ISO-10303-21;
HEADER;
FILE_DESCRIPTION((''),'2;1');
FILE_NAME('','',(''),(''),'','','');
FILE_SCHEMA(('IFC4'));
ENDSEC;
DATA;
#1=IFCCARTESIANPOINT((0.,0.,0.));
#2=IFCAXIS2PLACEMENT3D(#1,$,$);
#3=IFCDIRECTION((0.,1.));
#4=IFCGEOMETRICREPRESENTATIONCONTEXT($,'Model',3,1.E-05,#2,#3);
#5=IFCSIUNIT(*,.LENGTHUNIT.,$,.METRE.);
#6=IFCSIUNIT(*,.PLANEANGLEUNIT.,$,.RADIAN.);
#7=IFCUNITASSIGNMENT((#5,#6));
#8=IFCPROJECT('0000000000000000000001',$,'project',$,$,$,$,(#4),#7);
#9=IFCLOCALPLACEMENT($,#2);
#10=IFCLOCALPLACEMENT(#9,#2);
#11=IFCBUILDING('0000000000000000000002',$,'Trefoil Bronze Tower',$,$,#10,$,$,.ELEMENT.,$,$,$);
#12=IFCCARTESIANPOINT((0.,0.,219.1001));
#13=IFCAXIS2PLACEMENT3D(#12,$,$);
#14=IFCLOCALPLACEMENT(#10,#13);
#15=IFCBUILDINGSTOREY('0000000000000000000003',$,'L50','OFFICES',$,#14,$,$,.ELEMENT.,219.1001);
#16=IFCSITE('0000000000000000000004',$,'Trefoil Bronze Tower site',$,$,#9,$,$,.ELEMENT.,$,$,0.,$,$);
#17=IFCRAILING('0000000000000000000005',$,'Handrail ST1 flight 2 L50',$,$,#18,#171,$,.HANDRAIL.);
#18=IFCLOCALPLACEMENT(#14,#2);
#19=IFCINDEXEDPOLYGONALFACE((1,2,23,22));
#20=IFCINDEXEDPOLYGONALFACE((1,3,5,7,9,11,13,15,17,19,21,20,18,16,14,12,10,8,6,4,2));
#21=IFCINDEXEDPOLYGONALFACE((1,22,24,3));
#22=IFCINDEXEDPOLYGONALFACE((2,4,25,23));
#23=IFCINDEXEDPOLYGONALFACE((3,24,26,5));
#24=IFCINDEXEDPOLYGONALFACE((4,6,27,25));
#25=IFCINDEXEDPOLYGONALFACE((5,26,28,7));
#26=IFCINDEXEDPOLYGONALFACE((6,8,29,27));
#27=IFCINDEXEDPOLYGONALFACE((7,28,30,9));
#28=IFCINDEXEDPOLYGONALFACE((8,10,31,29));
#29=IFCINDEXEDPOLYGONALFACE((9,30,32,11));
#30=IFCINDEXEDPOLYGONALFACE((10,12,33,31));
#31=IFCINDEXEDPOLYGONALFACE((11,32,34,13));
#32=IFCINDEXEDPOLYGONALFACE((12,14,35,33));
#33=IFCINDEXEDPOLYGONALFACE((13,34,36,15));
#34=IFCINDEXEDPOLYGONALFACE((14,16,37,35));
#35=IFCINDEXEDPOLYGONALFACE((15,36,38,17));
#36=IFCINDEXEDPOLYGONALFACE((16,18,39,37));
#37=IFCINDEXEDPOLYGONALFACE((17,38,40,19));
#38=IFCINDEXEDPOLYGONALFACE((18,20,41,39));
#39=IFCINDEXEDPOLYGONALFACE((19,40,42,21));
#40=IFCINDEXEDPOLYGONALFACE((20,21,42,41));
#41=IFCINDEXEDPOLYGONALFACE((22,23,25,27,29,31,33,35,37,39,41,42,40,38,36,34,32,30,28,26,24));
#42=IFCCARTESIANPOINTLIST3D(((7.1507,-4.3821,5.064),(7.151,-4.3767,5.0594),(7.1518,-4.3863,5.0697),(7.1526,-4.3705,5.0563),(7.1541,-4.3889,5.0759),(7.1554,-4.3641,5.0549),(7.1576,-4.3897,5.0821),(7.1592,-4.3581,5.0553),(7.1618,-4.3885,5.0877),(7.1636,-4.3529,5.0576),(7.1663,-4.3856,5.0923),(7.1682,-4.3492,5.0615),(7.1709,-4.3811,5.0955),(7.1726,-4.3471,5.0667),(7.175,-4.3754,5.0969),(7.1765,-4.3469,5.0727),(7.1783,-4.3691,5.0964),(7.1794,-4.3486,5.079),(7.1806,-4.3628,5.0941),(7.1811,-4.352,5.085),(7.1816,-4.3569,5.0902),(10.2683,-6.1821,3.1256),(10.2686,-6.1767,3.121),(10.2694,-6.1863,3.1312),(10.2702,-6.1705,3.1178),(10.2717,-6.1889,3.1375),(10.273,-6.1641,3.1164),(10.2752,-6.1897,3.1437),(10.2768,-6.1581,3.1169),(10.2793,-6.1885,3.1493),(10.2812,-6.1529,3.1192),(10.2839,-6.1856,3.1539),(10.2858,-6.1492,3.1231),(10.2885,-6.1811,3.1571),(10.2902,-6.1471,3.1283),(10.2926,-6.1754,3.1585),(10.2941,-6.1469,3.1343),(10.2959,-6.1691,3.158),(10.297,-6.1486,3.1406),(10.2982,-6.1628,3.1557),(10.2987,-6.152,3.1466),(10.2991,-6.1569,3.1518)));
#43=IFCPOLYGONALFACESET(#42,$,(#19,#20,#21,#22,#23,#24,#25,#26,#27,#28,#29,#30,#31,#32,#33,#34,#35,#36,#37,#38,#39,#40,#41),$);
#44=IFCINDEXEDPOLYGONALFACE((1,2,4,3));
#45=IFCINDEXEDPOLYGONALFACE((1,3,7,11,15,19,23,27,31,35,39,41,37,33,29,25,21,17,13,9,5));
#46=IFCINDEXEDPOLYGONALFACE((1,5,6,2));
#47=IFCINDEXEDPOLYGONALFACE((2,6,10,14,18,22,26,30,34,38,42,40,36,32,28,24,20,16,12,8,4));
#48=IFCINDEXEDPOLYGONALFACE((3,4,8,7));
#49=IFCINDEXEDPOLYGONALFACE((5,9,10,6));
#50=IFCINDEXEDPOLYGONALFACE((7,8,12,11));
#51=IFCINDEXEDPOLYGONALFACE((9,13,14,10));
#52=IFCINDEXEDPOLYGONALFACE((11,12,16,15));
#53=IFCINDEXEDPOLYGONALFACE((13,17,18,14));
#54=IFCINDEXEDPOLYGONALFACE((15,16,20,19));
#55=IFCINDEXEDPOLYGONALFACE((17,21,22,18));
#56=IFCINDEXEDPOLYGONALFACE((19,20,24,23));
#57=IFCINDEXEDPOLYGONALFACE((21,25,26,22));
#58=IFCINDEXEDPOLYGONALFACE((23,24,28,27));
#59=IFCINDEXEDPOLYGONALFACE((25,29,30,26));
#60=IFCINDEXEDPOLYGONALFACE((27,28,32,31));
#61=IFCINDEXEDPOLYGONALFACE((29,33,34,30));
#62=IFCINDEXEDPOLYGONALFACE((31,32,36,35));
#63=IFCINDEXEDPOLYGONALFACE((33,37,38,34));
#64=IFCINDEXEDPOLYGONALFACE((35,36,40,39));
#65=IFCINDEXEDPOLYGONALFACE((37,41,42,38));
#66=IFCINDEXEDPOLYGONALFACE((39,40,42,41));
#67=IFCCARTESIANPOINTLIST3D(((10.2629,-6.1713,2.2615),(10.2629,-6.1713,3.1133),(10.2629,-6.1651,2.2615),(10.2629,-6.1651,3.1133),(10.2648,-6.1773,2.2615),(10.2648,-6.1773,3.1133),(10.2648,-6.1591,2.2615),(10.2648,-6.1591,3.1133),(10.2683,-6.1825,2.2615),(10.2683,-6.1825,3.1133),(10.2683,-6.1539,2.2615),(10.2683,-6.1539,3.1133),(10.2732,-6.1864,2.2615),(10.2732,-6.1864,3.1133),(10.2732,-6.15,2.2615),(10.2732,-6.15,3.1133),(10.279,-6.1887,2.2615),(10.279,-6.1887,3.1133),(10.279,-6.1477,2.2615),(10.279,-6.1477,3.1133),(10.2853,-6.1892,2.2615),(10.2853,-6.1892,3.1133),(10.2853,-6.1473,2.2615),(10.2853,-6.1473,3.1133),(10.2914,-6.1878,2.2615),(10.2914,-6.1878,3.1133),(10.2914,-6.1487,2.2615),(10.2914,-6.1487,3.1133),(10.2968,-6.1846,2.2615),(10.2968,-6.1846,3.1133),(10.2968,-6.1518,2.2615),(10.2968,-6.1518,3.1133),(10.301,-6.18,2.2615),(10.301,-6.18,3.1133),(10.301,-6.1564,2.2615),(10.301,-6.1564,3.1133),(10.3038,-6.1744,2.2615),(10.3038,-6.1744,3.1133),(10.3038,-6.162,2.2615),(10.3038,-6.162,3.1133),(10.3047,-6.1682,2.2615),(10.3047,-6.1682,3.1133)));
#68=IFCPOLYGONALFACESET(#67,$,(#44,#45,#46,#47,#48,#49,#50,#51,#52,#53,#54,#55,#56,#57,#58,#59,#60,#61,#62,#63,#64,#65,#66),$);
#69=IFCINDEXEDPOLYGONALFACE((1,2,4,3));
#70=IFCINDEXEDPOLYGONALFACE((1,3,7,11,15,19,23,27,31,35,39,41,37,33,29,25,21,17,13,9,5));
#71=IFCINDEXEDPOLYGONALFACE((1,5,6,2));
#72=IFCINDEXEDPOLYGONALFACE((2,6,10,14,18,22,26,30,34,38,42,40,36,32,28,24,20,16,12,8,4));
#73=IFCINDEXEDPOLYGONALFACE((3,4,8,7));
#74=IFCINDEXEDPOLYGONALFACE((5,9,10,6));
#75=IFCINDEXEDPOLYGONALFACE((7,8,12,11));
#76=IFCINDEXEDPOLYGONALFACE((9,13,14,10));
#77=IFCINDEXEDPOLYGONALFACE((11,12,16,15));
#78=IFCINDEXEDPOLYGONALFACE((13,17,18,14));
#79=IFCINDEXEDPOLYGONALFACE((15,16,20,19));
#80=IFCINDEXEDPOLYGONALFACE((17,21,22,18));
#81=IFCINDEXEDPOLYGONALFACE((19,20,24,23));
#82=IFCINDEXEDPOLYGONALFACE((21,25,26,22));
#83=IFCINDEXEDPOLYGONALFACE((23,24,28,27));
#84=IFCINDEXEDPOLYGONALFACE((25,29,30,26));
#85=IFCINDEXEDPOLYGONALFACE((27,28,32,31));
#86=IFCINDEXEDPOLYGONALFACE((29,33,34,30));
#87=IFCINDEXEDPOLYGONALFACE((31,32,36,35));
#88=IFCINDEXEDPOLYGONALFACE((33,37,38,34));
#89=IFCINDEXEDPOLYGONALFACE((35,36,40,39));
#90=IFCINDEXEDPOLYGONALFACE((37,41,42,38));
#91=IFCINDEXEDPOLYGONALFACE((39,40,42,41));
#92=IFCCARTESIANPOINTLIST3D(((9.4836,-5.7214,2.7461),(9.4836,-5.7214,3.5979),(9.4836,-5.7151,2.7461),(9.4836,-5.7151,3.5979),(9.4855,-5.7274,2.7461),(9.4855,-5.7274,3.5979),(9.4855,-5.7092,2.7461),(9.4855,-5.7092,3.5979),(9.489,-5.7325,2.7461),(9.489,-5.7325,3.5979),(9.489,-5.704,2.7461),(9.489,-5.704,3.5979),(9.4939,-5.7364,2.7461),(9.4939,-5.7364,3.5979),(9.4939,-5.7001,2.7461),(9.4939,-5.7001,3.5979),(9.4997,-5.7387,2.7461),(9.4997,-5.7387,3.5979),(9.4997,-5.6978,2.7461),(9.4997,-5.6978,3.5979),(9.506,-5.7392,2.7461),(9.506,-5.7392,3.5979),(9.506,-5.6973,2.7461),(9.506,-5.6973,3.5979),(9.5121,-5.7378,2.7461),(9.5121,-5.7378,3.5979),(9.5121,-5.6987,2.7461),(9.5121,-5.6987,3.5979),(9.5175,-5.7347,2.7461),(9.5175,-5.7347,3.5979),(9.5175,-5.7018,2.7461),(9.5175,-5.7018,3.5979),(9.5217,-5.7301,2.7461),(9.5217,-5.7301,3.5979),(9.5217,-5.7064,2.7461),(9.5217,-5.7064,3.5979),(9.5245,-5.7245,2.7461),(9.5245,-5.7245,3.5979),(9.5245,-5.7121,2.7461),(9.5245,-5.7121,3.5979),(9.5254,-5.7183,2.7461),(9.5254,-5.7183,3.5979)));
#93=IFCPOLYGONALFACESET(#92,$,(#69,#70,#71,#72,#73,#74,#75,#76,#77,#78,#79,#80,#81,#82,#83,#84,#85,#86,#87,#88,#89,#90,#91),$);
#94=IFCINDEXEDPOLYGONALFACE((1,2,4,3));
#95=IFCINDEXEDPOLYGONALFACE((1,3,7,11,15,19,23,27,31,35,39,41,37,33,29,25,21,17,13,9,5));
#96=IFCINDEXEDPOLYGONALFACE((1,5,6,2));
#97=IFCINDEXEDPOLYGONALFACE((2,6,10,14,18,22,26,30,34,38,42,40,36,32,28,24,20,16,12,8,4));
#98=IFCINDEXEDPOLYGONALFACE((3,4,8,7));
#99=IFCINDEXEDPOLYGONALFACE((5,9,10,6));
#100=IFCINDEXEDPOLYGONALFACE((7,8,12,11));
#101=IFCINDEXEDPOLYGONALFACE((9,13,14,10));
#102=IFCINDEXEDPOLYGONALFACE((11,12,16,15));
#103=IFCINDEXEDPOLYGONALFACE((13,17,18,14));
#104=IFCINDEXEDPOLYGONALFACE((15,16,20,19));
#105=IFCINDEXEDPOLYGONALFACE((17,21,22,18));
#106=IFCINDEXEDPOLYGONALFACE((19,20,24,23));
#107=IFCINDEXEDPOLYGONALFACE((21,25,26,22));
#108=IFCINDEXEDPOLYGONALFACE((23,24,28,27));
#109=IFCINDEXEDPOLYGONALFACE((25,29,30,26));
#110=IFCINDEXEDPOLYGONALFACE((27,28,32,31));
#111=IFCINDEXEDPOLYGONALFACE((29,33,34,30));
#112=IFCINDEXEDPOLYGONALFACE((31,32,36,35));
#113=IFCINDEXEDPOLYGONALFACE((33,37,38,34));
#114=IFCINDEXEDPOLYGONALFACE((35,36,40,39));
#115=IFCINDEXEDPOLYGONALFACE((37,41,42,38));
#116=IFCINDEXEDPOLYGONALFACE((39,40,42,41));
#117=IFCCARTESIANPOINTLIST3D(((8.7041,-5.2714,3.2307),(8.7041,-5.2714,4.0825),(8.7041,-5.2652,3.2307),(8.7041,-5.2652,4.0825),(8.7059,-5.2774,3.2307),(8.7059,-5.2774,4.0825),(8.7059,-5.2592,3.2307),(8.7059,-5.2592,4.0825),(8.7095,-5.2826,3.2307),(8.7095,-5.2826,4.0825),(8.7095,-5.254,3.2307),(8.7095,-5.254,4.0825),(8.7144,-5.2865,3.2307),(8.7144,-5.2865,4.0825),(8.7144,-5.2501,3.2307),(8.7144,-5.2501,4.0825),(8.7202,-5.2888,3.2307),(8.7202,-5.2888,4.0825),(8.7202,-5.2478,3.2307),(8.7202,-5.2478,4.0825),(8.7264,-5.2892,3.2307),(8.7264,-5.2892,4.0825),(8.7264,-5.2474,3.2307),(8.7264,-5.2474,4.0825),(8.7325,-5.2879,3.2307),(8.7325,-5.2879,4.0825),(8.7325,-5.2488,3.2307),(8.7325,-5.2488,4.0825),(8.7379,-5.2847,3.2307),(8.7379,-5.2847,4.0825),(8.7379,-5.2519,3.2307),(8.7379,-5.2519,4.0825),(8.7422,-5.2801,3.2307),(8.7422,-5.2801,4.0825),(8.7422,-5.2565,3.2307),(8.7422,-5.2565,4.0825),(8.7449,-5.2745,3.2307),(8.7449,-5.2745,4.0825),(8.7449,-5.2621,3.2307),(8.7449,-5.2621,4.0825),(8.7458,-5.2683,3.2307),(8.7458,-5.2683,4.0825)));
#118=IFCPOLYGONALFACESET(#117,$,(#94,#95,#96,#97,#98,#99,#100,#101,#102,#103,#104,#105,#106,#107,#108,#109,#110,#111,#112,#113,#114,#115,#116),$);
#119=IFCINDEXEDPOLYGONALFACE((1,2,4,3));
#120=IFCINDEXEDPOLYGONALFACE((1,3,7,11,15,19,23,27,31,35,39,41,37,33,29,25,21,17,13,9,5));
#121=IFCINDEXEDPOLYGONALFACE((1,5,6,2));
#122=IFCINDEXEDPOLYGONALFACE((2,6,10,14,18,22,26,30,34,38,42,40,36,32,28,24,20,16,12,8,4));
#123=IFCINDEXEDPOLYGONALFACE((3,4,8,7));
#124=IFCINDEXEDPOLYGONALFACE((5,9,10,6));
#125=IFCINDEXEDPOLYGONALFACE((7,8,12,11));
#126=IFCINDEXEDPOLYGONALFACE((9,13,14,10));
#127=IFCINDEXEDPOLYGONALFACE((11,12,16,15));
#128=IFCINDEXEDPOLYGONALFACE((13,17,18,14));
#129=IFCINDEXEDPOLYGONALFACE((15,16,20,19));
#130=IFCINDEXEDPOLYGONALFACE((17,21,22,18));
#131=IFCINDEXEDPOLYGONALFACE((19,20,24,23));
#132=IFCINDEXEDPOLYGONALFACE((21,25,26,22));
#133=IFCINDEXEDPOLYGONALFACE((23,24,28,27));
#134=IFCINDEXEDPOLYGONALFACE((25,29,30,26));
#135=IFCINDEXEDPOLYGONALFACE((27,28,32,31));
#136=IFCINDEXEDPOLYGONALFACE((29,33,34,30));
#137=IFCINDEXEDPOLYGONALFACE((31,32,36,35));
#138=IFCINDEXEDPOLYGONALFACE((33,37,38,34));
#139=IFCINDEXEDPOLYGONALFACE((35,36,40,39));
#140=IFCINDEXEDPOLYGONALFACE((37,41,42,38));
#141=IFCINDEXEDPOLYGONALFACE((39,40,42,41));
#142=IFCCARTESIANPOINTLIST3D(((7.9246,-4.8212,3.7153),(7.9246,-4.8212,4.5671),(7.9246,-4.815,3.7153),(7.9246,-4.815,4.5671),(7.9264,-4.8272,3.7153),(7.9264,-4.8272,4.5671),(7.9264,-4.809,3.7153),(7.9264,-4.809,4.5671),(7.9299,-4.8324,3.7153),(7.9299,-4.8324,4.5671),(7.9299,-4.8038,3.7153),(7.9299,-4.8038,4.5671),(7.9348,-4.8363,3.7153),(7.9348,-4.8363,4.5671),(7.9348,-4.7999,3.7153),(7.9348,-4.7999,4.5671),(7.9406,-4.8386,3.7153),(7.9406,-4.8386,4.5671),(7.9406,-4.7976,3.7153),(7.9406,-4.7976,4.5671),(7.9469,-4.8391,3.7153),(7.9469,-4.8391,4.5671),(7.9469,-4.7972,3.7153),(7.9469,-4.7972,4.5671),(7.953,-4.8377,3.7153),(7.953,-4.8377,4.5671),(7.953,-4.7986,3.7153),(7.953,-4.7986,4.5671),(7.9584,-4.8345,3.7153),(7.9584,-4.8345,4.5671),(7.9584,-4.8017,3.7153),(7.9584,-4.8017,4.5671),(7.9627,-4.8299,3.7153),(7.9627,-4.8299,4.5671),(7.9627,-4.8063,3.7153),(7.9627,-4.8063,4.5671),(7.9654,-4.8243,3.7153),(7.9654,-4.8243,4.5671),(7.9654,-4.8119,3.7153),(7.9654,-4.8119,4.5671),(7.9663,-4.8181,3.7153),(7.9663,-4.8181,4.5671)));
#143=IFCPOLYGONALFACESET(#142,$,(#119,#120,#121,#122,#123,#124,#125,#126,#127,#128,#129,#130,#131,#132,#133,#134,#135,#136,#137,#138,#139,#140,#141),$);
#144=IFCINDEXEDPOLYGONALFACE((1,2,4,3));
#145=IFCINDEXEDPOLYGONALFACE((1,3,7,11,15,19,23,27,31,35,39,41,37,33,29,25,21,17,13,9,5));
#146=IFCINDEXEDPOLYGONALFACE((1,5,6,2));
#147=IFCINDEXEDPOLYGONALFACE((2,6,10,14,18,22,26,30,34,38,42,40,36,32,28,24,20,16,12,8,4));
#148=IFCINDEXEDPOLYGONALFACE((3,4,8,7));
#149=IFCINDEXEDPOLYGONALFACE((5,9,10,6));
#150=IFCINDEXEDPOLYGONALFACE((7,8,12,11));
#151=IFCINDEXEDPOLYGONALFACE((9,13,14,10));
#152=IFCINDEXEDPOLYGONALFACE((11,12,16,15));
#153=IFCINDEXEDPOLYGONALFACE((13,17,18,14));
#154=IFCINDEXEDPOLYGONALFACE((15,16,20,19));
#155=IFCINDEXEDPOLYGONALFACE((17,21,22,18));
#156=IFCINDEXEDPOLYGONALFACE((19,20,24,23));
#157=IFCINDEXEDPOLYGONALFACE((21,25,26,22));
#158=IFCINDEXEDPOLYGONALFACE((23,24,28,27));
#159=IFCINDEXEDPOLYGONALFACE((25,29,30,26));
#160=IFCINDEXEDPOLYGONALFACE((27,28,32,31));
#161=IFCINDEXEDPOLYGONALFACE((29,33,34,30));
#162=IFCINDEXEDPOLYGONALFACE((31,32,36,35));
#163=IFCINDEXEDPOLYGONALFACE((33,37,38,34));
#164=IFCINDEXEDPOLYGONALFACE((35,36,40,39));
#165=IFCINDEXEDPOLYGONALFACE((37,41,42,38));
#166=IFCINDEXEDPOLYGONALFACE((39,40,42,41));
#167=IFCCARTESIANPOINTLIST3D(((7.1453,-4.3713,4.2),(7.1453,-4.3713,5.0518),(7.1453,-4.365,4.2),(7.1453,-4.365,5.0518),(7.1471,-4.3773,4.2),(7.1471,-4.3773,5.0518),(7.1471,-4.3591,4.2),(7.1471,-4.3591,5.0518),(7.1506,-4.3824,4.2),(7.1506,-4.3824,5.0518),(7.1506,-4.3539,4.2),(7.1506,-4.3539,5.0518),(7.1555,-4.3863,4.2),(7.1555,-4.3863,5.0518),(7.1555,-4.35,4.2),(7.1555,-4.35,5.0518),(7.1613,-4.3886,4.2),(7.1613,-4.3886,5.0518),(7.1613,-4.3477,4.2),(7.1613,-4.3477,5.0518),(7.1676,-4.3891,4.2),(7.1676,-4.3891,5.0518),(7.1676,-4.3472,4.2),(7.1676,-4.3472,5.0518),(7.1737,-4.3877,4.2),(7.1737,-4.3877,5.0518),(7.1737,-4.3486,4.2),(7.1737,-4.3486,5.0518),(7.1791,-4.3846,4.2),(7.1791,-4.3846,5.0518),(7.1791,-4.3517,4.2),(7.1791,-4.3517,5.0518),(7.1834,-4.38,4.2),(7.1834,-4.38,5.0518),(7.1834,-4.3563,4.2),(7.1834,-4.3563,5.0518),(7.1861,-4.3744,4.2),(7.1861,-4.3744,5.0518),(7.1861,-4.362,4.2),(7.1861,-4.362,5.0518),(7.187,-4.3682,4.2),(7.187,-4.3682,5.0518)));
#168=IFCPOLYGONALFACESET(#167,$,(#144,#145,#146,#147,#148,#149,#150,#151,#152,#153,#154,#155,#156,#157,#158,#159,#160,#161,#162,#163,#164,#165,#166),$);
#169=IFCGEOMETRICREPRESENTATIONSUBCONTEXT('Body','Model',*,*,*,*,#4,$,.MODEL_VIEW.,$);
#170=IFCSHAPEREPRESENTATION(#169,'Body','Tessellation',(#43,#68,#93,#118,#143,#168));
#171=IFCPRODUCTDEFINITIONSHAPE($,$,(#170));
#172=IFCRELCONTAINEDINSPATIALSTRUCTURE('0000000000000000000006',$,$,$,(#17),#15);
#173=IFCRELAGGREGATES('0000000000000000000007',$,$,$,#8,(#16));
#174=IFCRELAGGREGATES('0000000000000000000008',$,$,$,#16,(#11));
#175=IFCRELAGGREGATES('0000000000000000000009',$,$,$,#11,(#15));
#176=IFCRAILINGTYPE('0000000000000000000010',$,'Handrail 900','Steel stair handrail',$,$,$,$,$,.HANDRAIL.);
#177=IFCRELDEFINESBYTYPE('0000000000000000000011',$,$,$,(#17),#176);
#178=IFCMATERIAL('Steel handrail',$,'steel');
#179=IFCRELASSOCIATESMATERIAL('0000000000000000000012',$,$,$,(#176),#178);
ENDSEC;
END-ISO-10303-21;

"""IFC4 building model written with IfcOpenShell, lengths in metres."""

from ifc_helpers import new_model, si_unit, direction, frame, origin, origin_2d, place, context, subcontext, project, spatial, circle, extrude, material, type_object, element, save


model = new_model("IFC4")

# Units and contexts
model_context = context("Model", 3, precision=1e-05, world=origin(), true_north=direction((0.0, 1.0)))
body_context = subcontext(model_context, "Body", "Model", "MODEL_VIEW")
ifc_project = project(units=[si_unit("LENGTHUNIT", "METRE"), si_unit("PLANEANGLEUNIT", "RADIAN")], contexts=[model_context])

# Site, building, storey
site_placement = place(None, origin())
site = spatial("IfcSite", under=ifc_project, at=site_placement, Name="Trefoil Bronze Tower site", CompositionType="ELEMENT", RefElevation=0.0)
building_placement = place(site_placement, origin())
building = spatial("IfcBuilding", under=site, at=building_placement, Name="Trefoil Bronze Tower", CompositionType="ELEMENT")
storey_placement = place(building_placement, frame((0.0, 0.0, 219.1001)))
storey = spatial("IfcBuildingStorey", under=building, at=storey_placement, Name="L50", Description="OFFICES", CompositionType="ELEMENT", Elevation=219.1001)

# Railing
ifc_material_1 = material(Name="Steel handrail", Category="steel")
railing_type = type_object("IfcRailingType", Name="Handrail 900", Description="Steel stair handrail", PredefinedType="HANDRAIL", material=ifc_material_1)
railing_1_placement = place(storey_placement, frame((10.2837, -6.1682, 2.2615)))
element("IfcRailing", 1, at=railing_1_placement, inside=storey, type_object=railing_type, Name="Handrail ST1 flight 2 L50", PredefinedType="HANDRAIL", context=body_context, shape_type="SweptSolid", body=[
    extrude(circle(Radius=0.0239, at=origin_2d()), frame((0.0, 0.0, 0.876), z_axis=(-0.762503, 0.440246, 0.474102), x_axis=(-0.500012, -0.866018, 0.0)), (0.0, 0.0, 1.0), 4.0886),
    extrude(circle(Radius=0.021, at=origin_2d()), origin(), (0.0, 0.0, 1.0), 0.8518),
    extrude(circle(Radius=0.021, at=origin_2d()), frame((-0.7793, 0.45, 0.4846)), (0.0, 0.0, 1.0), 0.8518),
    extrude(circle(Radius=0.021, at=origin_2d()), frame((-1.5588, 0.8999, 0.9692)), (0.0, 0.0, 1.0), 0.8518),
    extrude(circle(Radius=0.021, at=origin_2d()), frame((-2.3384, 1.3501, 1.4539)), (0.0, 0.0, 1.0), 0.8518),
    extrude(circle(Radius=0.021, at=origin_2d()), frame((-3.1177, 1.8, 1.9385)), (0.0, 0.0, 1.0), 0.8518),
])

save(model, "model.ifc")
